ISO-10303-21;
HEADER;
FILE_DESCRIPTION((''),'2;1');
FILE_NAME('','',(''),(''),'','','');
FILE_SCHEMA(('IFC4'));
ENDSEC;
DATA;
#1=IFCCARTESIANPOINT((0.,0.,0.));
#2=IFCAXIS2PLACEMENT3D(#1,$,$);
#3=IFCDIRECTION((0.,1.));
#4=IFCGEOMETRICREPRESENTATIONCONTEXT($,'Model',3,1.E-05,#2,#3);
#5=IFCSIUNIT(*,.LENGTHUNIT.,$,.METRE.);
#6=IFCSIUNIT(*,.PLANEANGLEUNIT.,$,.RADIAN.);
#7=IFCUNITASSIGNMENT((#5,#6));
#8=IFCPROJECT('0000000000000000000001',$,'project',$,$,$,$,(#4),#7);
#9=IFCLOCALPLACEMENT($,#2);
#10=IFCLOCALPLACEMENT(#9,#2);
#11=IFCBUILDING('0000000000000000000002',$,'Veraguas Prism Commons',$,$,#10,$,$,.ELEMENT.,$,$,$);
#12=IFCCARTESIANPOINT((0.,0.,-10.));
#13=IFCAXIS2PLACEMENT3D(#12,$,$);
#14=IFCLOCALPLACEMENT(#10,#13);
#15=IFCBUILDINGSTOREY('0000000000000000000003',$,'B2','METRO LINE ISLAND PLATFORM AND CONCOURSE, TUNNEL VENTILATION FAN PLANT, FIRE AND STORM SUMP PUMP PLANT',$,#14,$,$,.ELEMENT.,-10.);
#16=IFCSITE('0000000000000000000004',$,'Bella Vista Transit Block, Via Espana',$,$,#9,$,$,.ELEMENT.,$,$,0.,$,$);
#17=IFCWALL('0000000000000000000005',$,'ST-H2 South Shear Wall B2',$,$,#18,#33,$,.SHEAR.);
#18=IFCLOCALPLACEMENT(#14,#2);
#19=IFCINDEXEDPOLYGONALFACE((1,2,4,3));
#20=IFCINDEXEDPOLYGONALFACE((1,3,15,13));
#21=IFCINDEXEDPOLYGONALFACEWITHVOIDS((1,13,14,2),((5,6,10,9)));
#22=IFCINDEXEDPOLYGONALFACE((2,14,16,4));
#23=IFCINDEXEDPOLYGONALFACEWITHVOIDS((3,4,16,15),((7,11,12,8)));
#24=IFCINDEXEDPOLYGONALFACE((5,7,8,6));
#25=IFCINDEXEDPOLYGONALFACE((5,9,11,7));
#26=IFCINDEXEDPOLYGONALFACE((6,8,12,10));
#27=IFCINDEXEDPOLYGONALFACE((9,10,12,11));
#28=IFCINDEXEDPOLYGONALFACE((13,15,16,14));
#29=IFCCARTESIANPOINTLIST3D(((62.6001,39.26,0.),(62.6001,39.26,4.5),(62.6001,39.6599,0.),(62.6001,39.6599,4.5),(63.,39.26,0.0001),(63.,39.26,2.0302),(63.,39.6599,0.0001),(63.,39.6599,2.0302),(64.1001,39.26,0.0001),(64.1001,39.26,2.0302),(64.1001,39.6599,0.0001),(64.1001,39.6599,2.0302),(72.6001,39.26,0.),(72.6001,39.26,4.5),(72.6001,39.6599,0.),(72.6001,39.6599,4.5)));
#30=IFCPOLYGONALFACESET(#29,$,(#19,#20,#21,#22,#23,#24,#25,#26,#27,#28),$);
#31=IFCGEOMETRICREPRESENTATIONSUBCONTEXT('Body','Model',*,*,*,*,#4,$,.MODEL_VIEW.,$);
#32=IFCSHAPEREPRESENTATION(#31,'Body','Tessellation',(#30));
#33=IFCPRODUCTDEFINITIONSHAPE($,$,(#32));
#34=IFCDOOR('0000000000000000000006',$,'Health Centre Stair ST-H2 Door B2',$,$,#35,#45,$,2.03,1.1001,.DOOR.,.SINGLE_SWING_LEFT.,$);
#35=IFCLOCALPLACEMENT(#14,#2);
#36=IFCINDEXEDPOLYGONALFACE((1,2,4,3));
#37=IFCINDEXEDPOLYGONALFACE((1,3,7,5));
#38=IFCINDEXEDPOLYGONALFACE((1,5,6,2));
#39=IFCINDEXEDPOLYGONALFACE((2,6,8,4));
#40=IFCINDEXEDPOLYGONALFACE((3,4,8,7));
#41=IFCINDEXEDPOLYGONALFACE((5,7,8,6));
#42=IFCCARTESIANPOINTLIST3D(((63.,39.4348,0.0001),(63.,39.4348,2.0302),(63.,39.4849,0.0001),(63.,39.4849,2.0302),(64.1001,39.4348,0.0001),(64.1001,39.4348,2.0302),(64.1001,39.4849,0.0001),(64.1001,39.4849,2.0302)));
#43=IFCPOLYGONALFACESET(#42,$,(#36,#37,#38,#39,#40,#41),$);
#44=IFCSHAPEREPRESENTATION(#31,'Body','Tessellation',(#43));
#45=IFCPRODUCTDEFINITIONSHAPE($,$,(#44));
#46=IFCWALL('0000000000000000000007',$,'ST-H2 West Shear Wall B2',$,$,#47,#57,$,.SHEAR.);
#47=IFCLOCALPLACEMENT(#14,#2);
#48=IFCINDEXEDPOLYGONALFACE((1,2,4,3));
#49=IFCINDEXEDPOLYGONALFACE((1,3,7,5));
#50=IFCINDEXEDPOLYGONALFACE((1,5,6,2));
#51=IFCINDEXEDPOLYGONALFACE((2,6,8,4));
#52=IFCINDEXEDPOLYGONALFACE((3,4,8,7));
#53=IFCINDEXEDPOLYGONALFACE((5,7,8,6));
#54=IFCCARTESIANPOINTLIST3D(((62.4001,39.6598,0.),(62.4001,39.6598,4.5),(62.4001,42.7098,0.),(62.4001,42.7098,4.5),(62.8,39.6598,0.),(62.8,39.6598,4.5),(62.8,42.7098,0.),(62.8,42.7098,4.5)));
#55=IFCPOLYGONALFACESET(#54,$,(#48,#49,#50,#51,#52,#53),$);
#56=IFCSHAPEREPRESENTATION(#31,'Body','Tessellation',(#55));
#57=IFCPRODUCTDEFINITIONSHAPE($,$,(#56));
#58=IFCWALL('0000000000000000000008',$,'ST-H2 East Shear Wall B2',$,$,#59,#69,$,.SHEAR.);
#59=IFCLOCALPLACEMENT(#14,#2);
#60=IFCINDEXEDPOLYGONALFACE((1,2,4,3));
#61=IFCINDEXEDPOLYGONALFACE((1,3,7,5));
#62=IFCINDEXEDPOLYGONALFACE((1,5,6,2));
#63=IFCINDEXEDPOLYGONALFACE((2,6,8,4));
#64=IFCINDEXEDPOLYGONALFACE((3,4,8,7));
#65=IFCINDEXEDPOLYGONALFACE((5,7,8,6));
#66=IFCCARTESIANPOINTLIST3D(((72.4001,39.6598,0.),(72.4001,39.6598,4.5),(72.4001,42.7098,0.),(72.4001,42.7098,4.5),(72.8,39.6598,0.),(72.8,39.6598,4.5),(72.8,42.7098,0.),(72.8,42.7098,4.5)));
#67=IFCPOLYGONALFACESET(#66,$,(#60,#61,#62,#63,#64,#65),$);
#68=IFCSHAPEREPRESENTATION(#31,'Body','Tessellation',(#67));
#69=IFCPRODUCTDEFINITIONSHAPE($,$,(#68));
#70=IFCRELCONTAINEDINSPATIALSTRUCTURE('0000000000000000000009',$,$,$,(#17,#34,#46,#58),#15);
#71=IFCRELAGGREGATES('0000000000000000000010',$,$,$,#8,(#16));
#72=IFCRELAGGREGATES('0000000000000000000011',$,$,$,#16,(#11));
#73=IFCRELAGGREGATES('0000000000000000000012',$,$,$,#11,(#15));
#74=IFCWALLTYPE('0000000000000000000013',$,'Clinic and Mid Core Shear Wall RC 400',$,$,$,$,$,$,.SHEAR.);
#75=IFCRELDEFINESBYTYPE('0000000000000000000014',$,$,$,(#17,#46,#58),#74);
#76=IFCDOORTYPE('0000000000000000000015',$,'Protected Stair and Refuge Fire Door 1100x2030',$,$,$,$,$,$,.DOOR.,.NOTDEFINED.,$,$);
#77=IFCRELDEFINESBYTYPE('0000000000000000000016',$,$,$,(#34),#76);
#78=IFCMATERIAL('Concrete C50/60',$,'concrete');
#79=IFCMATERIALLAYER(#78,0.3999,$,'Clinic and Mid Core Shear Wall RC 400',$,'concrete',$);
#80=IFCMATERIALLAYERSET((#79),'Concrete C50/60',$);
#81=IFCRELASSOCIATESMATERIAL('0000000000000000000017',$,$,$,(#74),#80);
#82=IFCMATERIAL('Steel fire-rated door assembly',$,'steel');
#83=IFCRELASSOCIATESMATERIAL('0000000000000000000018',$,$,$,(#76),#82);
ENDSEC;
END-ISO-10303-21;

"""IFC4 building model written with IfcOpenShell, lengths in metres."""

from ifc_helpers import new_model, si_unit, direction, frame, frame_2d, origin, place, context, subcontext, project, spatial, rectangle, extrude, source, transform, mapped, material, layer, layer_set, type_object, element, fill, save


model = new_model("IFC4")

# Units and contexts
model_context = context("Model", 3, precision=1e-05, world=origin(), true_north=direction((0.0, 1.0)))
body_context = subcontext(model_context, "Body", "Model", "MODEL_VIEW")
ifc_project = project(units=[si_unit("LENGTHUNIT", "METRE"), si_unit("PLANEANGLEUNIT", "RADIAN")], contexts=[model_context])

# Site, building, storey
site_placement = place(None, origin())
site = spatial("IfcSite", under=ifc_project, at=site_placement, Name="Bella Vista Transit Block, Via Espana", CompositionType="ELEMENT", RefElevation=0.0)
building_placement = place(site_placement, origin())
building = spatial("IfcBuilding", under=site, at=building_placement, Name="Veraguas Prism Commons", CompositionType="ELEMENT")
storey_placement = place(building_placement, frame((0.0, 0.0, -10.0)))
storey = spatial("IfcBuildingStorey", under=building, at=storey_placement, Name="B2", Description="METRO LINE ISLAND PLATFORM AND CONCOURSE, TUNNEL VENTILATION FAN PLANT, FIRE AND STORM SUMP PUMP PLANT", CompositionType="ELEMENT", Elevation=-10.0)

# Shared definitions
ifc_material_1 = material(Name="Concrete C50/60", Category="concrete")

# Shared definitions
ifc_layer = layer(ifc_material_1, 0.3999, Name="Clinic and Mid Core Shear Wall RC 400", Category="concrete")
ifc_layer_set = layer_set([ifc_layer], Name="Concrete C50/60")
wall_type = type_object("IfcWallType", Name="Clinic and Mid Core Shear Wall RC 400", PredefinedType="SHEAR", material=ifc_layer_set)

# Wall, opening, door
wall_1_placement = place(storey_placement, frame((62.6001, 39.46, 0.0), z_axis=(0.0, 0.0, 1.0), x_axis=(1.0, 0.0, 0.0)))
wall_1 = element("IfcWall", 1, at=wall_1_placement, inside=storey, type_object=wall_type, Name="ST-H2 South Shear Wall B2", PredefinedType="SHEAR", context=body_context, shape_type="SweptSolid", body=[
    extrude(rectangle(XDim=10.0, YDim=0.3999, at=frame_2d((5.0, 0.0))), origin(), (0.0, 0.0, 1.0), 4.5),
])
opening_placement = place(wall_1_placement, frame((0.3999, 0.0, 0.0)))
opening = element("IfcOpeningElement", 2, at=opening_placement, cuts=wall_1, PredefinedType="OPENING", context=body_context, shape_type="SweptSolid", body=[
    extrude(rectangle(XDim=1.1001, YDim=2.03, at=frame_2d((0.55, 1.0151))), frame((0.0, 0.21, 0.0), z_axis=(0.0, -1.0, 0.0), x_axis=(1.0, 0.0, 0.0)), (0.0, 0.0, 1.0), 0.4199),
])
ifc_material_2 = material(Name="Steel fire-rated door assembly", Category="steel")
door_type = type_object("IfcDoorType", Name="Protected Stair and Refuge Fire Door 1100x2030", OperationType="NOTDEFINED", PredefinedType="DOOR", material=ifc_material_2)
shared_shape_1 = source(origin(), body_context, "Body", "SweptSolid", [
    extrude(rectangle(XDim=1.1001, YDim=2.03, at=frame_2d((0.55, 1.0151))), frame((0.0, 0.0249, 0.0), z_axis=(0.0, -1.0, 0.0), x_axis=(1.0, 0.0, 0.0)), (0.0, 0.0, 1.0), 0.05),
])
door_placement = place(opening_placement, origin())
door = element("IfcDoor", 3, at=door_placement, inside=storey, type_object=door_type, Name="Health Centre Stair ST-H2 Door B2", OperationType="SINGLE_SWING_LEFT", OverallHeight=2.03, OverallWidth=1.1001, PredefinedType="DOOR", context=body_context, shape_type="MappedRepresentation", body=[
    mapped(shared_shape_1, transform((0.0, 0.0, 0.0), scale=1.0)),
])
fill(opening, door)

# Walls
for number, where, z_axis, x_axis, name in (
    (4, (62.6001, 39.6599, 0.0), (0.0, 0.0, 1.0), (0.0, 1.0, 0.0), "ST-H2 West Shear Wall B2"),
    (5, (72.6001, 39.6599, 0.0), (0.0, 0.0, 1.0), (0.0, 1.0, 0.0), "ST-H2 East Shear Wall B2"),
):
    element("IfcWall", number, at=place(storey_placement, frame(where, z_axis=z_axis, x_axis=x_axis)), inside=storey, type_object=wall_type, Name=name, PredefinedType="SHEAR", context=body_context, shape_type="SweptSolid", body=[
        extrude(rectangle(XDim=3.05, YDim=0.3999, at=frame_2d((1.5249, 0.0))), origin(), (0.0, 0.0, 1.0), 4.5),
    ])

save(model, "model.ifc")
